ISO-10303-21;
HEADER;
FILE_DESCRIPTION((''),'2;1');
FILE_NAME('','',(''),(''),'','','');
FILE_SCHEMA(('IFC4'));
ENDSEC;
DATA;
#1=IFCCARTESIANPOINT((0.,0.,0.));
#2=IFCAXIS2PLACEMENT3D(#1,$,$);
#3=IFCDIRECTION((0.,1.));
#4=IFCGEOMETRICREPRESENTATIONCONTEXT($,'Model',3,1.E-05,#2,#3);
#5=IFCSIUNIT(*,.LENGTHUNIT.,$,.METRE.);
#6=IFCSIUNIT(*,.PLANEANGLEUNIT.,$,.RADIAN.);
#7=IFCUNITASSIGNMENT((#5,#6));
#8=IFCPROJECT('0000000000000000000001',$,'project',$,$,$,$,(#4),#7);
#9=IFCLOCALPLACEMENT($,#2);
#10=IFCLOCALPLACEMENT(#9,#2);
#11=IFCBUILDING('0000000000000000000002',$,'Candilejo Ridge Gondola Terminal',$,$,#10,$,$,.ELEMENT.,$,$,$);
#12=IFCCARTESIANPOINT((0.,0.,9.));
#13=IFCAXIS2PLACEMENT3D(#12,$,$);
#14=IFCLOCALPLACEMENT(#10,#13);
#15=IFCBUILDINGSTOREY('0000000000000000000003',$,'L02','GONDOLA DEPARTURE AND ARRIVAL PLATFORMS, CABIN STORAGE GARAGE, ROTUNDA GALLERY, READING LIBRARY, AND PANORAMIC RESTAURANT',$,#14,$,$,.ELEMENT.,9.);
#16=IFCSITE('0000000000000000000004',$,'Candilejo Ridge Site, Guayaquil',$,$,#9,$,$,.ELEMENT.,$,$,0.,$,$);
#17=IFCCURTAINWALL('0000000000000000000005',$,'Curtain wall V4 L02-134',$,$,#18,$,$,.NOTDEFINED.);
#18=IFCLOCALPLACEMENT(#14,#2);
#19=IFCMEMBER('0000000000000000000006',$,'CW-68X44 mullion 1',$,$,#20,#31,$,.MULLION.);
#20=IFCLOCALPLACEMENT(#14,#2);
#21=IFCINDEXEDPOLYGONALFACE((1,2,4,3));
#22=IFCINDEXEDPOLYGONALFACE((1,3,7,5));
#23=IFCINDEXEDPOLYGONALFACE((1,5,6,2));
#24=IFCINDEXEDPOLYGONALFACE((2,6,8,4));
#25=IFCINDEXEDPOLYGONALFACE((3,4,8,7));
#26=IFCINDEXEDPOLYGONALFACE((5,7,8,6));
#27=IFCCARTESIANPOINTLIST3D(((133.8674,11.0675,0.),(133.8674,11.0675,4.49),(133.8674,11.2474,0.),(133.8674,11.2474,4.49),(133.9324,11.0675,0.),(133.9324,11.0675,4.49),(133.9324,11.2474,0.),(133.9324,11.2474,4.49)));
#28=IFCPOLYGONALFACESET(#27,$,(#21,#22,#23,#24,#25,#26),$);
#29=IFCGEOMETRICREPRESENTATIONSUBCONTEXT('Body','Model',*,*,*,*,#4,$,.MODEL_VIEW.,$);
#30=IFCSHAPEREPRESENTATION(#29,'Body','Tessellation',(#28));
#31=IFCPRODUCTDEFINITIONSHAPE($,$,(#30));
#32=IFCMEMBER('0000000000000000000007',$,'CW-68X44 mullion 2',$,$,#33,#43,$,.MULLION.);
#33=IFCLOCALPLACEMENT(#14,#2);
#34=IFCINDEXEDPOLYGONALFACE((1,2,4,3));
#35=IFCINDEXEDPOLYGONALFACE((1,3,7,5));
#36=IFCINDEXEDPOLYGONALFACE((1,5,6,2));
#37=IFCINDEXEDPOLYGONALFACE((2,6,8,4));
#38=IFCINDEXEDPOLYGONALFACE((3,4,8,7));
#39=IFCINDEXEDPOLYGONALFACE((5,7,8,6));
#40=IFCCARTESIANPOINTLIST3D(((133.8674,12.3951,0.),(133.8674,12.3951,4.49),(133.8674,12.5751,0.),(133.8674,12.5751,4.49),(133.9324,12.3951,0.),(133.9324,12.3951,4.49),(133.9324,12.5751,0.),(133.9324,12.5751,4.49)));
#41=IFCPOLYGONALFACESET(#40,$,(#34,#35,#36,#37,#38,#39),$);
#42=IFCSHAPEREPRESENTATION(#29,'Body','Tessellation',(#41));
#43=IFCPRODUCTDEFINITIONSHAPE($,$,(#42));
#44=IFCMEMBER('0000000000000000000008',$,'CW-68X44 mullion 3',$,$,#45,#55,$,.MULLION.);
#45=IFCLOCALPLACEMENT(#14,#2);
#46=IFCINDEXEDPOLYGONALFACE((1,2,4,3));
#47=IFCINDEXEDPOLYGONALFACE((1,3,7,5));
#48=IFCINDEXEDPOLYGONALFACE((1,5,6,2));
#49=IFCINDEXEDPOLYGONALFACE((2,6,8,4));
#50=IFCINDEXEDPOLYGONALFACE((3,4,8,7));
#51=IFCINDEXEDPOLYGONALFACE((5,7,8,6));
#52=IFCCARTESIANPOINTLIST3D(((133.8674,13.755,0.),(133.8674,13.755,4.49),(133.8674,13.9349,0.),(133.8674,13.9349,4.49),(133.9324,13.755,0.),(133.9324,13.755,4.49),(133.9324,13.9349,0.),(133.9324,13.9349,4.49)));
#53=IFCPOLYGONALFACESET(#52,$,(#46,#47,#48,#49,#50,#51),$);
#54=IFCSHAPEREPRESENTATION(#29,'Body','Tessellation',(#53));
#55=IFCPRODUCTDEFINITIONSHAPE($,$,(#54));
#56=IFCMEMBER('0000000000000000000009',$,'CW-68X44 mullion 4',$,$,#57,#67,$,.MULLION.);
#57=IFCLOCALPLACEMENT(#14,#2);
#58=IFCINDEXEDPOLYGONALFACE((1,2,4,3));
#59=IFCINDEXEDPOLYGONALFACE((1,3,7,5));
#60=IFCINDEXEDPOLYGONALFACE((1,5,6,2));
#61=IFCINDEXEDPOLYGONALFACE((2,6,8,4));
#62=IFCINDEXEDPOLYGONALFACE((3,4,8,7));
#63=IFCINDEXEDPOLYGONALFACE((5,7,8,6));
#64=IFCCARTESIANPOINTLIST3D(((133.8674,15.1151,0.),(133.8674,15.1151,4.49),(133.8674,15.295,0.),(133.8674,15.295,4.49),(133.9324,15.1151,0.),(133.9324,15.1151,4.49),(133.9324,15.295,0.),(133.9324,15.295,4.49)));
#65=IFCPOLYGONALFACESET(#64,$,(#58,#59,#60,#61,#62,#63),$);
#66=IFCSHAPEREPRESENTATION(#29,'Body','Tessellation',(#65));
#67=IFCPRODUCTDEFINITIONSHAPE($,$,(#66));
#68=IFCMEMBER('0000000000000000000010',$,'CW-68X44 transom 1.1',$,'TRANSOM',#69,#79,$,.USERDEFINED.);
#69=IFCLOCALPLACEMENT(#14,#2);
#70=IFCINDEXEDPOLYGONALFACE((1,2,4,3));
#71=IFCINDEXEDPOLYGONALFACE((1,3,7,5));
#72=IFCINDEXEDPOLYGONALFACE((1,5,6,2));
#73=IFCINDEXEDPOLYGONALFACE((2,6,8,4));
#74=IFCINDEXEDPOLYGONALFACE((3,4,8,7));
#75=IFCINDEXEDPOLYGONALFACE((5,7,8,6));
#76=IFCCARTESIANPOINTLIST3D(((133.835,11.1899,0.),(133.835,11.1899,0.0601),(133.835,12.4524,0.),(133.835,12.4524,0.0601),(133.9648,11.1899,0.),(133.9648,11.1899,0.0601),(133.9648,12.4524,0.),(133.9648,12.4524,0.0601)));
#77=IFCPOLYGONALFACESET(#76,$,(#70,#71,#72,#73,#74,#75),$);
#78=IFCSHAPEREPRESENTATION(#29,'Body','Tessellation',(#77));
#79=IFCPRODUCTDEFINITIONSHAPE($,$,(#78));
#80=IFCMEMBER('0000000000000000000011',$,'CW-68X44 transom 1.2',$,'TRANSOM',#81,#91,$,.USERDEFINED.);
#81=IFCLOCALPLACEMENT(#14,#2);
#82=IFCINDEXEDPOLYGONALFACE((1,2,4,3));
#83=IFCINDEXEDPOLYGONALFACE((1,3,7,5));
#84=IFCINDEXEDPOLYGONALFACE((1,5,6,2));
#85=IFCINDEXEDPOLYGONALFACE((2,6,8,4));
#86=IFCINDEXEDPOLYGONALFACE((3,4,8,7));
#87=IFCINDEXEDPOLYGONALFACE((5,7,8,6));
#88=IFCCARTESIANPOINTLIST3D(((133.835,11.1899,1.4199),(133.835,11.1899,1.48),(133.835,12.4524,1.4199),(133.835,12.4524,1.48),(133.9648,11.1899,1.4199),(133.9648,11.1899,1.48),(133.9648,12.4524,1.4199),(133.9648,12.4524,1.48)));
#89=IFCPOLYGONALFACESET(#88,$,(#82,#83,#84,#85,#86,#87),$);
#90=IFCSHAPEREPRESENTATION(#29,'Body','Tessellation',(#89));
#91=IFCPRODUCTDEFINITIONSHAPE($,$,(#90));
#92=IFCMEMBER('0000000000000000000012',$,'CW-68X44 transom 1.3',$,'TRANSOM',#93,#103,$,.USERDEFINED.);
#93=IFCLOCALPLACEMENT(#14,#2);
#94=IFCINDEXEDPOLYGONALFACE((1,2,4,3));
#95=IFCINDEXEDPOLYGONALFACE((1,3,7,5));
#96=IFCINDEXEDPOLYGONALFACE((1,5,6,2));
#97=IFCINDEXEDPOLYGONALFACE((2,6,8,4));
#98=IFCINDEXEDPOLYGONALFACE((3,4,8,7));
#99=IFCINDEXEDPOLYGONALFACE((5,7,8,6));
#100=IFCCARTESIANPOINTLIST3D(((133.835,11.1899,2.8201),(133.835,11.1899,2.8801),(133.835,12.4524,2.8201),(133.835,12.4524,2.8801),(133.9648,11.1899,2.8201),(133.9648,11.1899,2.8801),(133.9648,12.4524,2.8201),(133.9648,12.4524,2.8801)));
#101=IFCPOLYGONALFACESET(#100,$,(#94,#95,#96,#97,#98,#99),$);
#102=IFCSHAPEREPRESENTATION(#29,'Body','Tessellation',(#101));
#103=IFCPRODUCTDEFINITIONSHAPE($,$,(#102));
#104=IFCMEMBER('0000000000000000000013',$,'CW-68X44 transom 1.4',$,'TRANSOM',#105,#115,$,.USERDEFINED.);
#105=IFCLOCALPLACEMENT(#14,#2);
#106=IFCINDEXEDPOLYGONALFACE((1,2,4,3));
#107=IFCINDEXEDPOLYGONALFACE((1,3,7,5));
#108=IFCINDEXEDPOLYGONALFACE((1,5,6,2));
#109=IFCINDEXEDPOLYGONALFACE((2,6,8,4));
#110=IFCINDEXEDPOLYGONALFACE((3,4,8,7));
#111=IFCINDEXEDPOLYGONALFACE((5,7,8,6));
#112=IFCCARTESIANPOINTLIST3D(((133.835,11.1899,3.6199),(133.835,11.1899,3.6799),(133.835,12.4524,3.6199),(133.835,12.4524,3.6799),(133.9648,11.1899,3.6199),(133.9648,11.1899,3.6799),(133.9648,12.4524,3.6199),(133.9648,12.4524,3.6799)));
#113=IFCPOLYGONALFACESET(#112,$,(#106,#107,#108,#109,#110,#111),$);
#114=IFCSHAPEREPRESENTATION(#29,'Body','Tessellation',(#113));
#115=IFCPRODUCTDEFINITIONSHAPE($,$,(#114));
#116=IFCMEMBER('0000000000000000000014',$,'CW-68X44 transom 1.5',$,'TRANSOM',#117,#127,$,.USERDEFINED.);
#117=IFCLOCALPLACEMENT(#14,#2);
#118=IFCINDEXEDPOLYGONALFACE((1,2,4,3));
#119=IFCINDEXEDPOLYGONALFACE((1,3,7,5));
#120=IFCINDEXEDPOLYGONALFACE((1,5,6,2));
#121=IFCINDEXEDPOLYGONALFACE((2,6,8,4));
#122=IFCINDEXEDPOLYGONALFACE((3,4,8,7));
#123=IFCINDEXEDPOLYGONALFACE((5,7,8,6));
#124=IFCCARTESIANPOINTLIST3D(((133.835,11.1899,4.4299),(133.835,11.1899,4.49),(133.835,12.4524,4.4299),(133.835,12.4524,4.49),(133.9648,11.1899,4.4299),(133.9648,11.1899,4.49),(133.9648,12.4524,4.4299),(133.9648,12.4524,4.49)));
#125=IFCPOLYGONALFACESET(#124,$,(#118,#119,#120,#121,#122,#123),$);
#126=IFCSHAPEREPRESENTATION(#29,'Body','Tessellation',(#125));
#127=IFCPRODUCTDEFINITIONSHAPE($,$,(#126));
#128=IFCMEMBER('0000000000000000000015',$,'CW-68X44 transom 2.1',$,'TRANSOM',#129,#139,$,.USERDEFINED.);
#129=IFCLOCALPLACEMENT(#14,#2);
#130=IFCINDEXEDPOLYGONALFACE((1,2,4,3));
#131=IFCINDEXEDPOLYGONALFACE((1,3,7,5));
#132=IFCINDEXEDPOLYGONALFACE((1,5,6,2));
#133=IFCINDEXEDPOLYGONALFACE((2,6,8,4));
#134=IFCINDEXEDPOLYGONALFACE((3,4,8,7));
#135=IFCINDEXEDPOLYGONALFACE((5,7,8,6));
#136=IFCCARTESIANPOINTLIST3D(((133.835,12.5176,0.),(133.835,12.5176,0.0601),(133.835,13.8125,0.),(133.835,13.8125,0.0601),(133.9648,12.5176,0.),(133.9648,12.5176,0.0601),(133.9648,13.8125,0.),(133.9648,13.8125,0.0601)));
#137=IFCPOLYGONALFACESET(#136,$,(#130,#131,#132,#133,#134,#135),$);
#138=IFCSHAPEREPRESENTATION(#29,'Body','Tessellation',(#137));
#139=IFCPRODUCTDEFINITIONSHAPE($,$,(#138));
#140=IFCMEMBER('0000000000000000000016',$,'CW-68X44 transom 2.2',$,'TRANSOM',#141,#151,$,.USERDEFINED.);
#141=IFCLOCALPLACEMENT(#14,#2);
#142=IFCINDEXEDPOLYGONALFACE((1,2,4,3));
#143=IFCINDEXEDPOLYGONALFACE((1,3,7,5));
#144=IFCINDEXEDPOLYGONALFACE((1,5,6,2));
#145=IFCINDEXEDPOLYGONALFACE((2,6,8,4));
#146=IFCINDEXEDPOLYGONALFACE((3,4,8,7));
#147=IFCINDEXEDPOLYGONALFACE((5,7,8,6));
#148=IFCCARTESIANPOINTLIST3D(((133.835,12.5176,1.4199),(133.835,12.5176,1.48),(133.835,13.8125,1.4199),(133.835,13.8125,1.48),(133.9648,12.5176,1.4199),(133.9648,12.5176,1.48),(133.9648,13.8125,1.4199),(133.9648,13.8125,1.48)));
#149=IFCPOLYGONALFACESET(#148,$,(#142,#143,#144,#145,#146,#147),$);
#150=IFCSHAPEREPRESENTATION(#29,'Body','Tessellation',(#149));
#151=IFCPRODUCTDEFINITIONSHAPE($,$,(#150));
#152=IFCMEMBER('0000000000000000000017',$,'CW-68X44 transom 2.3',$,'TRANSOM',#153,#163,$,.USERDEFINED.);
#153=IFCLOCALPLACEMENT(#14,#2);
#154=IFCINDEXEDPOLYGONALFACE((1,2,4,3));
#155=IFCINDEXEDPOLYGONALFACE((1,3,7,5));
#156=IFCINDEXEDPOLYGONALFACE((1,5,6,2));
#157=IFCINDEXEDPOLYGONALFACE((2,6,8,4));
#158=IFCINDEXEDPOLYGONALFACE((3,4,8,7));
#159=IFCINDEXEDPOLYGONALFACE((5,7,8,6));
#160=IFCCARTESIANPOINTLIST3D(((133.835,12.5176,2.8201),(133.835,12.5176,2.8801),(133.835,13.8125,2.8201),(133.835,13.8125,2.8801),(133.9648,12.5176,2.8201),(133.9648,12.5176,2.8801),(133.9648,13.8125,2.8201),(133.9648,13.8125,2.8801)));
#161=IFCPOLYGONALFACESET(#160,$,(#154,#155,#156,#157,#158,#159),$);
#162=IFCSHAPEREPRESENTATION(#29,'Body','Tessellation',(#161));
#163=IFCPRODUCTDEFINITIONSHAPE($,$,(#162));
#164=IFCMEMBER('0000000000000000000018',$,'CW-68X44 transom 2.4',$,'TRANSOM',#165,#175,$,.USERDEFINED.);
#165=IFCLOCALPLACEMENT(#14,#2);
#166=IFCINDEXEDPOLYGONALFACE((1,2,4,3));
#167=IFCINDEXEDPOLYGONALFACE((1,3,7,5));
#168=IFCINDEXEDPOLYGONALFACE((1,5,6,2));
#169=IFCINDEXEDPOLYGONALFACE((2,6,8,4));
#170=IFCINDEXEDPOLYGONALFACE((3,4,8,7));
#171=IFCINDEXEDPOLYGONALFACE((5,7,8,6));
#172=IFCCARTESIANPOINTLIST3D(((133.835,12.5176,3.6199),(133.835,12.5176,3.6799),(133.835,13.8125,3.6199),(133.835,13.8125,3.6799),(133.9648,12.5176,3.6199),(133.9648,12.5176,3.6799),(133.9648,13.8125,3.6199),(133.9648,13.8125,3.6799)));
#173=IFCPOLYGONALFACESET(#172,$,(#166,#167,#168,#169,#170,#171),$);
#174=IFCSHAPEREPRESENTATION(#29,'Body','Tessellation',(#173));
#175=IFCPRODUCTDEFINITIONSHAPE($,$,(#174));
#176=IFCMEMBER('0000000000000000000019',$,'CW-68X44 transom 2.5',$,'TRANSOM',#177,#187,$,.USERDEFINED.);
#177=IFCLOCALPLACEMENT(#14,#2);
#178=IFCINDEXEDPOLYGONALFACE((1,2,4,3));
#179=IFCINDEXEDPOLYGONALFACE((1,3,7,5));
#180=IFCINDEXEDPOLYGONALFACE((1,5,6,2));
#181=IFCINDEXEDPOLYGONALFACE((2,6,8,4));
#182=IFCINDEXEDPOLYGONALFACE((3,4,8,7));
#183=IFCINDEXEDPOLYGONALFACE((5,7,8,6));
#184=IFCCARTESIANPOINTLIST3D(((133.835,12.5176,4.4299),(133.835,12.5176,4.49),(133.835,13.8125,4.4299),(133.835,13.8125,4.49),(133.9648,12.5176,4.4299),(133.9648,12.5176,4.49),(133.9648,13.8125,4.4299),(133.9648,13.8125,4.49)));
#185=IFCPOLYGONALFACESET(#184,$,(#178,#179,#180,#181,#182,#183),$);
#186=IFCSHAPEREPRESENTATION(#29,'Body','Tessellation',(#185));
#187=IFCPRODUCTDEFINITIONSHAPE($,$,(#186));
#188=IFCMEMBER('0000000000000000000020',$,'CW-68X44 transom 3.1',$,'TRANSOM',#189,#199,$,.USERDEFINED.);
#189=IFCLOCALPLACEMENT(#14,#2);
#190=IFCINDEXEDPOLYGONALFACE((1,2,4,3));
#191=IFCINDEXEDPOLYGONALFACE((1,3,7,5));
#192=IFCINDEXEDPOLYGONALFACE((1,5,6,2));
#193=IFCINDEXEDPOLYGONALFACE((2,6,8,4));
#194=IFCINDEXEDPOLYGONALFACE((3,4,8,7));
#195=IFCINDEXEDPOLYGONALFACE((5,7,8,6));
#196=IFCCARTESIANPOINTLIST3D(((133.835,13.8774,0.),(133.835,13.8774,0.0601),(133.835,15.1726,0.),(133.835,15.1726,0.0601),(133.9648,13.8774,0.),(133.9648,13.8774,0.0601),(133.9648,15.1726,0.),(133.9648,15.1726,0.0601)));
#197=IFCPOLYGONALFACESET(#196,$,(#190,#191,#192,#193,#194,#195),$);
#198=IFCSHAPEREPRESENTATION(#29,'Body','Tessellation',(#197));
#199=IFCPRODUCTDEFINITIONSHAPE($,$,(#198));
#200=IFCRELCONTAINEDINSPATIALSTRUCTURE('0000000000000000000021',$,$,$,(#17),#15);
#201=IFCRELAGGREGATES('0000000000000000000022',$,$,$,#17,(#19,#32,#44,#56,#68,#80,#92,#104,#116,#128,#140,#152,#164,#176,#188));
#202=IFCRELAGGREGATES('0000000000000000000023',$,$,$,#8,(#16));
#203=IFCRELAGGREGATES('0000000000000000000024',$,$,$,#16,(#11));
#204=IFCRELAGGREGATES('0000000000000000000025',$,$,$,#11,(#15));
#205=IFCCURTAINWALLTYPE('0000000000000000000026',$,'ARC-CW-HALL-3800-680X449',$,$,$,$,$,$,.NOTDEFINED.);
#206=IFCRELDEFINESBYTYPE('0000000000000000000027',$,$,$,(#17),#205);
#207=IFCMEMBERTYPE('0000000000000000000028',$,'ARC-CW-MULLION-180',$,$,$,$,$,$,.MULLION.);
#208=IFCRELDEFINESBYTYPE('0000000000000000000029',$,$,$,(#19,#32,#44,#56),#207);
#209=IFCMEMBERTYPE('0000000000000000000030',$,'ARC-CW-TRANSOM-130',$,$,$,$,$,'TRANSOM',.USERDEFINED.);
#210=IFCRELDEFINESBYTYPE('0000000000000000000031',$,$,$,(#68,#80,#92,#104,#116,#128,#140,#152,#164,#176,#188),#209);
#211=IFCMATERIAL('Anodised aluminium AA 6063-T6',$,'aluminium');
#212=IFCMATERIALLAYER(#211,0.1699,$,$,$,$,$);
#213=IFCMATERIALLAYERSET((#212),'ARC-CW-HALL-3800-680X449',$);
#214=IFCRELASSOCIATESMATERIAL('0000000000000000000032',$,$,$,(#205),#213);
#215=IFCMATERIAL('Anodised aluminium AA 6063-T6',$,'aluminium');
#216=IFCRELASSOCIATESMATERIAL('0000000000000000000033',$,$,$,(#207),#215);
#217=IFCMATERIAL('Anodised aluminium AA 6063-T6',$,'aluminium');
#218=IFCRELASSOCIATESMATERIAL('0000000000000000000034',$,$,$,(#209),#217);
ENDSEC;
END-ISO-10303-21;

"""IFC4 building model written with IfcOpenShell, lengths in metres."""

from ifc_helpers import new_model, si_unit, direction, frame, origin, origin_2d, place, context, subcontext, project, spatial, rectangle, extrude, material, layer, layer_set, material_profile, profile_set, type_object, element, aggregate, save


model = new_model("IFC4")

# Units and contexts
model_context = context("Model", 3, precision=1e-05, world=origin(), true_north=direction((0.0, 1.0)))
body_context = subcontext(model_context, "Body", "Model", "MODEL_VIEW")
ifc_project = project(units=[si_unit("LENGTHUNIT", "METRE"), si_unit("PLANEANGLEUNIT", "RADIAN")], contexts=[model_context])

# Site, building, storey
site_placement = place(None, origin())
site = spatial("IfcSite", under=ifc_project, at=site_placement, Name="Candilejo Ridge Site, Guayaquil", CompositionType="ELEMENT", RefElevation=0.0)
building_placement = place(site_placement, origin())
building = spatial("IfcBuilding", under=site, at=building_placement, Name="Candilejo Ridge Gondola Terminal", CompositionType="ELEMENT")
storey_placement = place(building_placement, frame((0.0, 0.0, 9.0)))
storey = spatial("IfcBuildingStorey", under=building, at=storey_placement, Name="L02", Description="GONDOLA DEPARTURE AND ARRIVAL PLATFORMS, CABIN STORAGE GARAGE, ROTUNDA GALLERY, READING LIBRARY, AND PANORAMIC RESTAURANT", CompositionType="ELEMENT", Elevation=9.0)

# Curtain wall, members
ifc_material_1 = material(Name="Anodised aluminium AA 6063-T6", Category="aluminium")
ifc_layer_1 = layer(ifc_material_1, 0.1699)
ifc_layer_set_1 = layer_set([ifc_layer_1], Name="ARC-CW-HALL-3800-680X449")
curtain_wall_type = type_object("IfcCurtainWallType", Name="ARC-CW-HALL-3800-680X449", PredefinedType="NOTDEFINED", material=ifc_layer_set_1)
curtain_wall_placement = place(storey_placement, origin())
curtain_wall = element("IfcCurtainWall", 1, at=curtain_wall_placement, inside=storey, type_object=curtain_wall_type, Name="Curtain wall V4 L02-134", PredefinedType="NOTDEFINED")
ifc_material_2 = material(Name="Anodised aluminium AA 6063-T6", Category="aluminium")
ifc_material_profile_1 = material_profile(ifc_material_2, rectangle(XDim=0.0649, YDim=0.1799, at=origin_2d()))
ifc_profile_set_1 = profile_set([ifc_material_profile_1], Name="Anodised aluminium AA 6063-T6")
member_type_1 = type_object("IfcMemberType", Name="ARC-CW-MULLION-180", PredefinedType="MULLION", material=ifc_profile_set_1)
member_1_placement = place(storey_placement, frame((133.8999, 11.1575, 0.0), z_axis=(0.0, 0.0, 1.0), x_axis=(-1.0, 0.0, 0.0)))
member_1 = element("IfcMember", 2, at=member_1_placement, type_object=member_type_1, Name="CW-68X44 mullion 1", PredefinedType="MULLION", context=body_context, shape_type="SweptSolid", body=[
    extrude(rectangle(XDim=0.0649, YDim=0.1799, at=origin_2d()), origin(), (0.0, 0.0, 1.0), 4.49),
])
member_2_placement = place(storey_placement, frame((133.8999, 12.4851, 0.0), z_axis=(0.0, 0.0, 1.0), x_axis=(-1.0, 0.0, 0.0)))
member_2 = element("IfcMember", 3, at=member_2_placement, type_object=member_type_1, Name="CW-68X44 mullion 2", PredefinedType="MULLION", context=body_context, shape_type="SweptSolid", body=[
    extrude(rectangle(XDim=0.0649, YDim=0.1799, at=origin_2d()), origin(), (0.0, 0.0, 1.0), 4.49),
])
member_3_placement = place(storey_placement, frame((133.8999, 13.845, 0.0), z_axis=(0.0, 0.0, 1.0), x_axis=(-1.0, 0.0, 0.0)))
member_3 = element("IfcMember", 4, at=member_3_placement, type_object=member_type_1, Name="CW-68X44 mullion 3", PredefinedType="MULLION", context=body_context, shape_type="SweptSolid", body=[
    extrude(rectangle(XDim=0.0649, YDim=0.1799, at=origin_2d()), origin(), (0.0, 0.0, 1.0), 4.49),
])
member_4_placement = place(storey_placement, frame((133.8999, 15.2051, 0.0), z_axis=(0.0, 0.0, 1.0), x_axis=(-1.0, 0.0, 0.0)))
member_4 = element("IfcMember", 5, at=member_4_placement, type_object=member_type_1, Name="CW-68X44 mullion 4", PredefinedType="MULLION", context=body_context, shape_type="SweptSolid", body=[
    extrude(rectangle(XDim=0.0649, YDim=0.1799, at=origin_2d()), origin(), (0.0, 0.0, 1.0), 4.49),
])
ifc_material_3 = material(Name="Anodised aluminium AA 6063-T6", Category="aluminium")
ifc_material_profile_2 = material_profile(ifc_material_3, rectangle(XDim=0.1299, YDim=0.0601, at=origin_2d()))
ifc_profile_set_2 = profile_set([ifc_material_profile_2], Name="Anodised aluminium AA 6063-T6")
member_type_2 = type_object("IfcMemberType", Name="ARC-CW-TRANSOM-130", ElementType="TRANSOM", PredefinedType="USERDEFINED", material=ifc_profile_set_2)
member_5_placement = place(storey_placement, frame((133.8999, 11.1899, 0.03), z_axis=(0.0, 1.0, 0.0), x_axis=(-1.0, 0.0, 0.0)))
member_5 = element("IfcMember", 6, at=member_5_placement, type_object=member_type_2, Name="CW-68X44 transom 1.1", ObjectType="TRANSOM", PredefinedType="USERDEFINED", context=body_context, shape_type="SweptSolid", body=[
    extrude(rectangle(XDim=0.1299, YDim=0.0601, at=origin_2d()), origin(), (0.0, 0.0, 1.0), 1.2625),
])
member_6_placement = place(storey_placement, frame((133.8999, 11.1899, 1.45), z_axis=(0.0, 1.0, 0.0), x_axis=(-1.0, 0.0, 0.0)))
member_6 = element("IfcMember", 7, at=member_6_placement, type_object=member_type_2, Name="CW-68X44 transom 1.2", ObjectType="TRANSOM", PredefinedType="USERDEFINED", context=body_context, shape_type="SweptSolid", body=[
    extrude(rectangle(XDim=0.1299, YDim=0.0601, at=origin_2d()), origin(), (0.0, 0.0, 1.0), 1.2625),
])
member_7_placement = place(storey_placement, frame((133.8999, 11.1899, 2.8501), z_axis=(0.0, 1.0, 0.0), x_axis=(-1.0, 0.0, 0.0)))
member_7 = element("IfcMember", 8, at=member_7_placement, type_object=member_type_2, Name="CW-68X44 transom 1.3", ObjectType="TRANSOM", PredefinedType="USERDEFINED", context=body_context, shape_type="SweptSolid", body=[
    extrude(rectangle(XDim=0.1299, YDim=0.0601, at=origin_2d()), origin(), (0.0, 0.0, 1.0), 1.2625),
])
member_8_placement = place(storey_placement, frame((133.8999, 11.1899, 3.6499), z_axis=(0.0, 1.0, 0.0), x_axis=(-1.0, 0.0, 0.0)))
member_8 = element("IfcMember", 9, at=member_8_placement, type_object=member_type_2, Name="CW-68X44 transom 1.4", ObjectType="TRANSOM", PredefinedType="USERDEFINED", context=body_context, shape_type="SweptSolid", body=[
    extrude(rectangle(XDim=0.1299, YDim=0.0601, at=origin_2d()), origin(), (0.0, 0.0, 1.0), 1.2625),
])
member_9_placement = place(storey_placement, frame((133.8999, 11.1899, 4.46), z_axis=(0.0, 1.0, 0.0), x_axis=(-1.0, 0.0, 0.0)))
member_9 = element("IfcMember", 10, at=member_9_placement, type_object=member_type_2, Name="CW-68X44 transom 1.5", ObjectType="TRANSOM", PredefinedType="USERDEFINED", context=body_context, shape_type="SweptSolid", body=[
    extrude(rectangle(XDim=0.1299, YDim=0.0601, at=origin_2d()), origin(), (0.0, 0.0, 1.0), 1.2625),
])
member_10_placement = place(storey_placement, frame((133.8999, 12.5176, 0.03), z_axis=(0.0, 1.0, 0.0), x_axis=(-1.0, 0.0, 0.0)))
member_10 = element("IfcMember", 11, at=member_10_placement, type_object=member_type_2, Name="CW-68X44 transom 2.1", ObjectType="TRANSOM", PredefinedType="USERDEFINED", context=body_context, shape_type="SweptSolid", body=[
    extrude(rectangle(XDim=0.1299, YDim=0.0601, at=origin_2d()), origin(), (0.0, 0.0, 1.0), 1.2949),
])
member_11_placement = place(storey_placement, frame((133.8999, 12.5176, 1.45), z_axis=(0.0, 1.0, 0.0), x_axis=(-1.0, 0.0, 0.0)))
member_11 = element("IfcMember", 12, at=member_11_placement, type_object=member_type_2, Name="CW-68X44 transom 2.2", ObjectType="TRANSOM", PredefinedType="USERDEFINED", context=body_context, shape_type="SweptSolid", body=[
    extrude(rectangle(XDim=0.1299, YDim=0.0601, at=origin_2d()), origin(), (0.0, 0.0, 1.0), 1.2949),
])
member_12_placement = place(storey_placement, frame((133.8999, 12.5176, 2.8501), z_axis=(0.0, 1.0, 0.0), x_axis=(-1.0, 0.0, 0.0)))
member_12 = element("IfcMember", 13, at=member_12_placement, type_object=member_type_2, Name="CW-68X44 transom 2.3", ObjectType="TRANSOM", PredefinedType="USERDEFINED", context=body_context, shape_type="SweptSolid", body=[
    extrude(rectangle(XDim=0.1299, YDim=0.0601, at=origin_2d()), origin(), (0.0, 0.0, 1.0), 1.2949),
])
member_13_placement = place(storey_placement, frame((133.8999, 12.5176, 3.6499), z_axis=(0.0, 1.0, 0.0), x_axis=(-1.0, 0.0, 0.0)))
member_13 = element("IfcMember", 14, at=member_13_placement, type_object=member_type_2, Name="CW-68X44 transom 2.4", ObjectType="TRANSOM", PredefinedType="USERDEFINED", context=body_context, shape_type="SweptSolid", body=[
    extrude(rectangle(XDim=0.1299, YDim=0.0601, at=origin_2d()), origin(), (0.0, 0.0, 1.0), 1.2949),
])
member_14_placement = place(storey_placement, frame((133.8999, 12.5176, 4.46), z_axis=(0.0, 1.0, 0.0), x_axis=(-1.0, 0.0, 0.0)))
member_14 = element("IfcMember", 15, at=member_14_placement, type_object=member_type_2, Name="CW-68X44 transom 2.5", ObjectType="TRANSOM", PredefinedType="USERDEFINED", context=body_context, shape_type="SweptSolid", body=[
    extrude(rectangle(XDim=0.1299, YDim=0.0601, at=origin_2d()), origin(), (0.0, 0.0, 1.0), 1.2949),
])
member_15_placement = place(storey_placement, frame((133.8999, 13.8774, 0.03), z_axis=(0.0, 1.0, 0.0), x_axis=(-1.0, 0.0, 0.0)))
member_15 = element("IfcMember", 16, at=member_15_placement, type_object=member_type_2, Name="CW-68X44 transom 3.1", ObjectType="TRANSOM", PredefinedType="USERDEFINED", context=body_context, shape_type="SweptSolid", body=[
    extrude(rectangle(XDim=0.1299, YDim=0.0601, at=origin_2d()), origin(), (0.0, 0.0, 1.0), 1.2952),
])

aggregate(curtain_wall, [member_1, member_2, member_3, member_4, member_5, member_6, member_7, member_8, member_9, member_10, member_11, member_12, member_13, member_14, member_15])

save(model, "model.ifc")
